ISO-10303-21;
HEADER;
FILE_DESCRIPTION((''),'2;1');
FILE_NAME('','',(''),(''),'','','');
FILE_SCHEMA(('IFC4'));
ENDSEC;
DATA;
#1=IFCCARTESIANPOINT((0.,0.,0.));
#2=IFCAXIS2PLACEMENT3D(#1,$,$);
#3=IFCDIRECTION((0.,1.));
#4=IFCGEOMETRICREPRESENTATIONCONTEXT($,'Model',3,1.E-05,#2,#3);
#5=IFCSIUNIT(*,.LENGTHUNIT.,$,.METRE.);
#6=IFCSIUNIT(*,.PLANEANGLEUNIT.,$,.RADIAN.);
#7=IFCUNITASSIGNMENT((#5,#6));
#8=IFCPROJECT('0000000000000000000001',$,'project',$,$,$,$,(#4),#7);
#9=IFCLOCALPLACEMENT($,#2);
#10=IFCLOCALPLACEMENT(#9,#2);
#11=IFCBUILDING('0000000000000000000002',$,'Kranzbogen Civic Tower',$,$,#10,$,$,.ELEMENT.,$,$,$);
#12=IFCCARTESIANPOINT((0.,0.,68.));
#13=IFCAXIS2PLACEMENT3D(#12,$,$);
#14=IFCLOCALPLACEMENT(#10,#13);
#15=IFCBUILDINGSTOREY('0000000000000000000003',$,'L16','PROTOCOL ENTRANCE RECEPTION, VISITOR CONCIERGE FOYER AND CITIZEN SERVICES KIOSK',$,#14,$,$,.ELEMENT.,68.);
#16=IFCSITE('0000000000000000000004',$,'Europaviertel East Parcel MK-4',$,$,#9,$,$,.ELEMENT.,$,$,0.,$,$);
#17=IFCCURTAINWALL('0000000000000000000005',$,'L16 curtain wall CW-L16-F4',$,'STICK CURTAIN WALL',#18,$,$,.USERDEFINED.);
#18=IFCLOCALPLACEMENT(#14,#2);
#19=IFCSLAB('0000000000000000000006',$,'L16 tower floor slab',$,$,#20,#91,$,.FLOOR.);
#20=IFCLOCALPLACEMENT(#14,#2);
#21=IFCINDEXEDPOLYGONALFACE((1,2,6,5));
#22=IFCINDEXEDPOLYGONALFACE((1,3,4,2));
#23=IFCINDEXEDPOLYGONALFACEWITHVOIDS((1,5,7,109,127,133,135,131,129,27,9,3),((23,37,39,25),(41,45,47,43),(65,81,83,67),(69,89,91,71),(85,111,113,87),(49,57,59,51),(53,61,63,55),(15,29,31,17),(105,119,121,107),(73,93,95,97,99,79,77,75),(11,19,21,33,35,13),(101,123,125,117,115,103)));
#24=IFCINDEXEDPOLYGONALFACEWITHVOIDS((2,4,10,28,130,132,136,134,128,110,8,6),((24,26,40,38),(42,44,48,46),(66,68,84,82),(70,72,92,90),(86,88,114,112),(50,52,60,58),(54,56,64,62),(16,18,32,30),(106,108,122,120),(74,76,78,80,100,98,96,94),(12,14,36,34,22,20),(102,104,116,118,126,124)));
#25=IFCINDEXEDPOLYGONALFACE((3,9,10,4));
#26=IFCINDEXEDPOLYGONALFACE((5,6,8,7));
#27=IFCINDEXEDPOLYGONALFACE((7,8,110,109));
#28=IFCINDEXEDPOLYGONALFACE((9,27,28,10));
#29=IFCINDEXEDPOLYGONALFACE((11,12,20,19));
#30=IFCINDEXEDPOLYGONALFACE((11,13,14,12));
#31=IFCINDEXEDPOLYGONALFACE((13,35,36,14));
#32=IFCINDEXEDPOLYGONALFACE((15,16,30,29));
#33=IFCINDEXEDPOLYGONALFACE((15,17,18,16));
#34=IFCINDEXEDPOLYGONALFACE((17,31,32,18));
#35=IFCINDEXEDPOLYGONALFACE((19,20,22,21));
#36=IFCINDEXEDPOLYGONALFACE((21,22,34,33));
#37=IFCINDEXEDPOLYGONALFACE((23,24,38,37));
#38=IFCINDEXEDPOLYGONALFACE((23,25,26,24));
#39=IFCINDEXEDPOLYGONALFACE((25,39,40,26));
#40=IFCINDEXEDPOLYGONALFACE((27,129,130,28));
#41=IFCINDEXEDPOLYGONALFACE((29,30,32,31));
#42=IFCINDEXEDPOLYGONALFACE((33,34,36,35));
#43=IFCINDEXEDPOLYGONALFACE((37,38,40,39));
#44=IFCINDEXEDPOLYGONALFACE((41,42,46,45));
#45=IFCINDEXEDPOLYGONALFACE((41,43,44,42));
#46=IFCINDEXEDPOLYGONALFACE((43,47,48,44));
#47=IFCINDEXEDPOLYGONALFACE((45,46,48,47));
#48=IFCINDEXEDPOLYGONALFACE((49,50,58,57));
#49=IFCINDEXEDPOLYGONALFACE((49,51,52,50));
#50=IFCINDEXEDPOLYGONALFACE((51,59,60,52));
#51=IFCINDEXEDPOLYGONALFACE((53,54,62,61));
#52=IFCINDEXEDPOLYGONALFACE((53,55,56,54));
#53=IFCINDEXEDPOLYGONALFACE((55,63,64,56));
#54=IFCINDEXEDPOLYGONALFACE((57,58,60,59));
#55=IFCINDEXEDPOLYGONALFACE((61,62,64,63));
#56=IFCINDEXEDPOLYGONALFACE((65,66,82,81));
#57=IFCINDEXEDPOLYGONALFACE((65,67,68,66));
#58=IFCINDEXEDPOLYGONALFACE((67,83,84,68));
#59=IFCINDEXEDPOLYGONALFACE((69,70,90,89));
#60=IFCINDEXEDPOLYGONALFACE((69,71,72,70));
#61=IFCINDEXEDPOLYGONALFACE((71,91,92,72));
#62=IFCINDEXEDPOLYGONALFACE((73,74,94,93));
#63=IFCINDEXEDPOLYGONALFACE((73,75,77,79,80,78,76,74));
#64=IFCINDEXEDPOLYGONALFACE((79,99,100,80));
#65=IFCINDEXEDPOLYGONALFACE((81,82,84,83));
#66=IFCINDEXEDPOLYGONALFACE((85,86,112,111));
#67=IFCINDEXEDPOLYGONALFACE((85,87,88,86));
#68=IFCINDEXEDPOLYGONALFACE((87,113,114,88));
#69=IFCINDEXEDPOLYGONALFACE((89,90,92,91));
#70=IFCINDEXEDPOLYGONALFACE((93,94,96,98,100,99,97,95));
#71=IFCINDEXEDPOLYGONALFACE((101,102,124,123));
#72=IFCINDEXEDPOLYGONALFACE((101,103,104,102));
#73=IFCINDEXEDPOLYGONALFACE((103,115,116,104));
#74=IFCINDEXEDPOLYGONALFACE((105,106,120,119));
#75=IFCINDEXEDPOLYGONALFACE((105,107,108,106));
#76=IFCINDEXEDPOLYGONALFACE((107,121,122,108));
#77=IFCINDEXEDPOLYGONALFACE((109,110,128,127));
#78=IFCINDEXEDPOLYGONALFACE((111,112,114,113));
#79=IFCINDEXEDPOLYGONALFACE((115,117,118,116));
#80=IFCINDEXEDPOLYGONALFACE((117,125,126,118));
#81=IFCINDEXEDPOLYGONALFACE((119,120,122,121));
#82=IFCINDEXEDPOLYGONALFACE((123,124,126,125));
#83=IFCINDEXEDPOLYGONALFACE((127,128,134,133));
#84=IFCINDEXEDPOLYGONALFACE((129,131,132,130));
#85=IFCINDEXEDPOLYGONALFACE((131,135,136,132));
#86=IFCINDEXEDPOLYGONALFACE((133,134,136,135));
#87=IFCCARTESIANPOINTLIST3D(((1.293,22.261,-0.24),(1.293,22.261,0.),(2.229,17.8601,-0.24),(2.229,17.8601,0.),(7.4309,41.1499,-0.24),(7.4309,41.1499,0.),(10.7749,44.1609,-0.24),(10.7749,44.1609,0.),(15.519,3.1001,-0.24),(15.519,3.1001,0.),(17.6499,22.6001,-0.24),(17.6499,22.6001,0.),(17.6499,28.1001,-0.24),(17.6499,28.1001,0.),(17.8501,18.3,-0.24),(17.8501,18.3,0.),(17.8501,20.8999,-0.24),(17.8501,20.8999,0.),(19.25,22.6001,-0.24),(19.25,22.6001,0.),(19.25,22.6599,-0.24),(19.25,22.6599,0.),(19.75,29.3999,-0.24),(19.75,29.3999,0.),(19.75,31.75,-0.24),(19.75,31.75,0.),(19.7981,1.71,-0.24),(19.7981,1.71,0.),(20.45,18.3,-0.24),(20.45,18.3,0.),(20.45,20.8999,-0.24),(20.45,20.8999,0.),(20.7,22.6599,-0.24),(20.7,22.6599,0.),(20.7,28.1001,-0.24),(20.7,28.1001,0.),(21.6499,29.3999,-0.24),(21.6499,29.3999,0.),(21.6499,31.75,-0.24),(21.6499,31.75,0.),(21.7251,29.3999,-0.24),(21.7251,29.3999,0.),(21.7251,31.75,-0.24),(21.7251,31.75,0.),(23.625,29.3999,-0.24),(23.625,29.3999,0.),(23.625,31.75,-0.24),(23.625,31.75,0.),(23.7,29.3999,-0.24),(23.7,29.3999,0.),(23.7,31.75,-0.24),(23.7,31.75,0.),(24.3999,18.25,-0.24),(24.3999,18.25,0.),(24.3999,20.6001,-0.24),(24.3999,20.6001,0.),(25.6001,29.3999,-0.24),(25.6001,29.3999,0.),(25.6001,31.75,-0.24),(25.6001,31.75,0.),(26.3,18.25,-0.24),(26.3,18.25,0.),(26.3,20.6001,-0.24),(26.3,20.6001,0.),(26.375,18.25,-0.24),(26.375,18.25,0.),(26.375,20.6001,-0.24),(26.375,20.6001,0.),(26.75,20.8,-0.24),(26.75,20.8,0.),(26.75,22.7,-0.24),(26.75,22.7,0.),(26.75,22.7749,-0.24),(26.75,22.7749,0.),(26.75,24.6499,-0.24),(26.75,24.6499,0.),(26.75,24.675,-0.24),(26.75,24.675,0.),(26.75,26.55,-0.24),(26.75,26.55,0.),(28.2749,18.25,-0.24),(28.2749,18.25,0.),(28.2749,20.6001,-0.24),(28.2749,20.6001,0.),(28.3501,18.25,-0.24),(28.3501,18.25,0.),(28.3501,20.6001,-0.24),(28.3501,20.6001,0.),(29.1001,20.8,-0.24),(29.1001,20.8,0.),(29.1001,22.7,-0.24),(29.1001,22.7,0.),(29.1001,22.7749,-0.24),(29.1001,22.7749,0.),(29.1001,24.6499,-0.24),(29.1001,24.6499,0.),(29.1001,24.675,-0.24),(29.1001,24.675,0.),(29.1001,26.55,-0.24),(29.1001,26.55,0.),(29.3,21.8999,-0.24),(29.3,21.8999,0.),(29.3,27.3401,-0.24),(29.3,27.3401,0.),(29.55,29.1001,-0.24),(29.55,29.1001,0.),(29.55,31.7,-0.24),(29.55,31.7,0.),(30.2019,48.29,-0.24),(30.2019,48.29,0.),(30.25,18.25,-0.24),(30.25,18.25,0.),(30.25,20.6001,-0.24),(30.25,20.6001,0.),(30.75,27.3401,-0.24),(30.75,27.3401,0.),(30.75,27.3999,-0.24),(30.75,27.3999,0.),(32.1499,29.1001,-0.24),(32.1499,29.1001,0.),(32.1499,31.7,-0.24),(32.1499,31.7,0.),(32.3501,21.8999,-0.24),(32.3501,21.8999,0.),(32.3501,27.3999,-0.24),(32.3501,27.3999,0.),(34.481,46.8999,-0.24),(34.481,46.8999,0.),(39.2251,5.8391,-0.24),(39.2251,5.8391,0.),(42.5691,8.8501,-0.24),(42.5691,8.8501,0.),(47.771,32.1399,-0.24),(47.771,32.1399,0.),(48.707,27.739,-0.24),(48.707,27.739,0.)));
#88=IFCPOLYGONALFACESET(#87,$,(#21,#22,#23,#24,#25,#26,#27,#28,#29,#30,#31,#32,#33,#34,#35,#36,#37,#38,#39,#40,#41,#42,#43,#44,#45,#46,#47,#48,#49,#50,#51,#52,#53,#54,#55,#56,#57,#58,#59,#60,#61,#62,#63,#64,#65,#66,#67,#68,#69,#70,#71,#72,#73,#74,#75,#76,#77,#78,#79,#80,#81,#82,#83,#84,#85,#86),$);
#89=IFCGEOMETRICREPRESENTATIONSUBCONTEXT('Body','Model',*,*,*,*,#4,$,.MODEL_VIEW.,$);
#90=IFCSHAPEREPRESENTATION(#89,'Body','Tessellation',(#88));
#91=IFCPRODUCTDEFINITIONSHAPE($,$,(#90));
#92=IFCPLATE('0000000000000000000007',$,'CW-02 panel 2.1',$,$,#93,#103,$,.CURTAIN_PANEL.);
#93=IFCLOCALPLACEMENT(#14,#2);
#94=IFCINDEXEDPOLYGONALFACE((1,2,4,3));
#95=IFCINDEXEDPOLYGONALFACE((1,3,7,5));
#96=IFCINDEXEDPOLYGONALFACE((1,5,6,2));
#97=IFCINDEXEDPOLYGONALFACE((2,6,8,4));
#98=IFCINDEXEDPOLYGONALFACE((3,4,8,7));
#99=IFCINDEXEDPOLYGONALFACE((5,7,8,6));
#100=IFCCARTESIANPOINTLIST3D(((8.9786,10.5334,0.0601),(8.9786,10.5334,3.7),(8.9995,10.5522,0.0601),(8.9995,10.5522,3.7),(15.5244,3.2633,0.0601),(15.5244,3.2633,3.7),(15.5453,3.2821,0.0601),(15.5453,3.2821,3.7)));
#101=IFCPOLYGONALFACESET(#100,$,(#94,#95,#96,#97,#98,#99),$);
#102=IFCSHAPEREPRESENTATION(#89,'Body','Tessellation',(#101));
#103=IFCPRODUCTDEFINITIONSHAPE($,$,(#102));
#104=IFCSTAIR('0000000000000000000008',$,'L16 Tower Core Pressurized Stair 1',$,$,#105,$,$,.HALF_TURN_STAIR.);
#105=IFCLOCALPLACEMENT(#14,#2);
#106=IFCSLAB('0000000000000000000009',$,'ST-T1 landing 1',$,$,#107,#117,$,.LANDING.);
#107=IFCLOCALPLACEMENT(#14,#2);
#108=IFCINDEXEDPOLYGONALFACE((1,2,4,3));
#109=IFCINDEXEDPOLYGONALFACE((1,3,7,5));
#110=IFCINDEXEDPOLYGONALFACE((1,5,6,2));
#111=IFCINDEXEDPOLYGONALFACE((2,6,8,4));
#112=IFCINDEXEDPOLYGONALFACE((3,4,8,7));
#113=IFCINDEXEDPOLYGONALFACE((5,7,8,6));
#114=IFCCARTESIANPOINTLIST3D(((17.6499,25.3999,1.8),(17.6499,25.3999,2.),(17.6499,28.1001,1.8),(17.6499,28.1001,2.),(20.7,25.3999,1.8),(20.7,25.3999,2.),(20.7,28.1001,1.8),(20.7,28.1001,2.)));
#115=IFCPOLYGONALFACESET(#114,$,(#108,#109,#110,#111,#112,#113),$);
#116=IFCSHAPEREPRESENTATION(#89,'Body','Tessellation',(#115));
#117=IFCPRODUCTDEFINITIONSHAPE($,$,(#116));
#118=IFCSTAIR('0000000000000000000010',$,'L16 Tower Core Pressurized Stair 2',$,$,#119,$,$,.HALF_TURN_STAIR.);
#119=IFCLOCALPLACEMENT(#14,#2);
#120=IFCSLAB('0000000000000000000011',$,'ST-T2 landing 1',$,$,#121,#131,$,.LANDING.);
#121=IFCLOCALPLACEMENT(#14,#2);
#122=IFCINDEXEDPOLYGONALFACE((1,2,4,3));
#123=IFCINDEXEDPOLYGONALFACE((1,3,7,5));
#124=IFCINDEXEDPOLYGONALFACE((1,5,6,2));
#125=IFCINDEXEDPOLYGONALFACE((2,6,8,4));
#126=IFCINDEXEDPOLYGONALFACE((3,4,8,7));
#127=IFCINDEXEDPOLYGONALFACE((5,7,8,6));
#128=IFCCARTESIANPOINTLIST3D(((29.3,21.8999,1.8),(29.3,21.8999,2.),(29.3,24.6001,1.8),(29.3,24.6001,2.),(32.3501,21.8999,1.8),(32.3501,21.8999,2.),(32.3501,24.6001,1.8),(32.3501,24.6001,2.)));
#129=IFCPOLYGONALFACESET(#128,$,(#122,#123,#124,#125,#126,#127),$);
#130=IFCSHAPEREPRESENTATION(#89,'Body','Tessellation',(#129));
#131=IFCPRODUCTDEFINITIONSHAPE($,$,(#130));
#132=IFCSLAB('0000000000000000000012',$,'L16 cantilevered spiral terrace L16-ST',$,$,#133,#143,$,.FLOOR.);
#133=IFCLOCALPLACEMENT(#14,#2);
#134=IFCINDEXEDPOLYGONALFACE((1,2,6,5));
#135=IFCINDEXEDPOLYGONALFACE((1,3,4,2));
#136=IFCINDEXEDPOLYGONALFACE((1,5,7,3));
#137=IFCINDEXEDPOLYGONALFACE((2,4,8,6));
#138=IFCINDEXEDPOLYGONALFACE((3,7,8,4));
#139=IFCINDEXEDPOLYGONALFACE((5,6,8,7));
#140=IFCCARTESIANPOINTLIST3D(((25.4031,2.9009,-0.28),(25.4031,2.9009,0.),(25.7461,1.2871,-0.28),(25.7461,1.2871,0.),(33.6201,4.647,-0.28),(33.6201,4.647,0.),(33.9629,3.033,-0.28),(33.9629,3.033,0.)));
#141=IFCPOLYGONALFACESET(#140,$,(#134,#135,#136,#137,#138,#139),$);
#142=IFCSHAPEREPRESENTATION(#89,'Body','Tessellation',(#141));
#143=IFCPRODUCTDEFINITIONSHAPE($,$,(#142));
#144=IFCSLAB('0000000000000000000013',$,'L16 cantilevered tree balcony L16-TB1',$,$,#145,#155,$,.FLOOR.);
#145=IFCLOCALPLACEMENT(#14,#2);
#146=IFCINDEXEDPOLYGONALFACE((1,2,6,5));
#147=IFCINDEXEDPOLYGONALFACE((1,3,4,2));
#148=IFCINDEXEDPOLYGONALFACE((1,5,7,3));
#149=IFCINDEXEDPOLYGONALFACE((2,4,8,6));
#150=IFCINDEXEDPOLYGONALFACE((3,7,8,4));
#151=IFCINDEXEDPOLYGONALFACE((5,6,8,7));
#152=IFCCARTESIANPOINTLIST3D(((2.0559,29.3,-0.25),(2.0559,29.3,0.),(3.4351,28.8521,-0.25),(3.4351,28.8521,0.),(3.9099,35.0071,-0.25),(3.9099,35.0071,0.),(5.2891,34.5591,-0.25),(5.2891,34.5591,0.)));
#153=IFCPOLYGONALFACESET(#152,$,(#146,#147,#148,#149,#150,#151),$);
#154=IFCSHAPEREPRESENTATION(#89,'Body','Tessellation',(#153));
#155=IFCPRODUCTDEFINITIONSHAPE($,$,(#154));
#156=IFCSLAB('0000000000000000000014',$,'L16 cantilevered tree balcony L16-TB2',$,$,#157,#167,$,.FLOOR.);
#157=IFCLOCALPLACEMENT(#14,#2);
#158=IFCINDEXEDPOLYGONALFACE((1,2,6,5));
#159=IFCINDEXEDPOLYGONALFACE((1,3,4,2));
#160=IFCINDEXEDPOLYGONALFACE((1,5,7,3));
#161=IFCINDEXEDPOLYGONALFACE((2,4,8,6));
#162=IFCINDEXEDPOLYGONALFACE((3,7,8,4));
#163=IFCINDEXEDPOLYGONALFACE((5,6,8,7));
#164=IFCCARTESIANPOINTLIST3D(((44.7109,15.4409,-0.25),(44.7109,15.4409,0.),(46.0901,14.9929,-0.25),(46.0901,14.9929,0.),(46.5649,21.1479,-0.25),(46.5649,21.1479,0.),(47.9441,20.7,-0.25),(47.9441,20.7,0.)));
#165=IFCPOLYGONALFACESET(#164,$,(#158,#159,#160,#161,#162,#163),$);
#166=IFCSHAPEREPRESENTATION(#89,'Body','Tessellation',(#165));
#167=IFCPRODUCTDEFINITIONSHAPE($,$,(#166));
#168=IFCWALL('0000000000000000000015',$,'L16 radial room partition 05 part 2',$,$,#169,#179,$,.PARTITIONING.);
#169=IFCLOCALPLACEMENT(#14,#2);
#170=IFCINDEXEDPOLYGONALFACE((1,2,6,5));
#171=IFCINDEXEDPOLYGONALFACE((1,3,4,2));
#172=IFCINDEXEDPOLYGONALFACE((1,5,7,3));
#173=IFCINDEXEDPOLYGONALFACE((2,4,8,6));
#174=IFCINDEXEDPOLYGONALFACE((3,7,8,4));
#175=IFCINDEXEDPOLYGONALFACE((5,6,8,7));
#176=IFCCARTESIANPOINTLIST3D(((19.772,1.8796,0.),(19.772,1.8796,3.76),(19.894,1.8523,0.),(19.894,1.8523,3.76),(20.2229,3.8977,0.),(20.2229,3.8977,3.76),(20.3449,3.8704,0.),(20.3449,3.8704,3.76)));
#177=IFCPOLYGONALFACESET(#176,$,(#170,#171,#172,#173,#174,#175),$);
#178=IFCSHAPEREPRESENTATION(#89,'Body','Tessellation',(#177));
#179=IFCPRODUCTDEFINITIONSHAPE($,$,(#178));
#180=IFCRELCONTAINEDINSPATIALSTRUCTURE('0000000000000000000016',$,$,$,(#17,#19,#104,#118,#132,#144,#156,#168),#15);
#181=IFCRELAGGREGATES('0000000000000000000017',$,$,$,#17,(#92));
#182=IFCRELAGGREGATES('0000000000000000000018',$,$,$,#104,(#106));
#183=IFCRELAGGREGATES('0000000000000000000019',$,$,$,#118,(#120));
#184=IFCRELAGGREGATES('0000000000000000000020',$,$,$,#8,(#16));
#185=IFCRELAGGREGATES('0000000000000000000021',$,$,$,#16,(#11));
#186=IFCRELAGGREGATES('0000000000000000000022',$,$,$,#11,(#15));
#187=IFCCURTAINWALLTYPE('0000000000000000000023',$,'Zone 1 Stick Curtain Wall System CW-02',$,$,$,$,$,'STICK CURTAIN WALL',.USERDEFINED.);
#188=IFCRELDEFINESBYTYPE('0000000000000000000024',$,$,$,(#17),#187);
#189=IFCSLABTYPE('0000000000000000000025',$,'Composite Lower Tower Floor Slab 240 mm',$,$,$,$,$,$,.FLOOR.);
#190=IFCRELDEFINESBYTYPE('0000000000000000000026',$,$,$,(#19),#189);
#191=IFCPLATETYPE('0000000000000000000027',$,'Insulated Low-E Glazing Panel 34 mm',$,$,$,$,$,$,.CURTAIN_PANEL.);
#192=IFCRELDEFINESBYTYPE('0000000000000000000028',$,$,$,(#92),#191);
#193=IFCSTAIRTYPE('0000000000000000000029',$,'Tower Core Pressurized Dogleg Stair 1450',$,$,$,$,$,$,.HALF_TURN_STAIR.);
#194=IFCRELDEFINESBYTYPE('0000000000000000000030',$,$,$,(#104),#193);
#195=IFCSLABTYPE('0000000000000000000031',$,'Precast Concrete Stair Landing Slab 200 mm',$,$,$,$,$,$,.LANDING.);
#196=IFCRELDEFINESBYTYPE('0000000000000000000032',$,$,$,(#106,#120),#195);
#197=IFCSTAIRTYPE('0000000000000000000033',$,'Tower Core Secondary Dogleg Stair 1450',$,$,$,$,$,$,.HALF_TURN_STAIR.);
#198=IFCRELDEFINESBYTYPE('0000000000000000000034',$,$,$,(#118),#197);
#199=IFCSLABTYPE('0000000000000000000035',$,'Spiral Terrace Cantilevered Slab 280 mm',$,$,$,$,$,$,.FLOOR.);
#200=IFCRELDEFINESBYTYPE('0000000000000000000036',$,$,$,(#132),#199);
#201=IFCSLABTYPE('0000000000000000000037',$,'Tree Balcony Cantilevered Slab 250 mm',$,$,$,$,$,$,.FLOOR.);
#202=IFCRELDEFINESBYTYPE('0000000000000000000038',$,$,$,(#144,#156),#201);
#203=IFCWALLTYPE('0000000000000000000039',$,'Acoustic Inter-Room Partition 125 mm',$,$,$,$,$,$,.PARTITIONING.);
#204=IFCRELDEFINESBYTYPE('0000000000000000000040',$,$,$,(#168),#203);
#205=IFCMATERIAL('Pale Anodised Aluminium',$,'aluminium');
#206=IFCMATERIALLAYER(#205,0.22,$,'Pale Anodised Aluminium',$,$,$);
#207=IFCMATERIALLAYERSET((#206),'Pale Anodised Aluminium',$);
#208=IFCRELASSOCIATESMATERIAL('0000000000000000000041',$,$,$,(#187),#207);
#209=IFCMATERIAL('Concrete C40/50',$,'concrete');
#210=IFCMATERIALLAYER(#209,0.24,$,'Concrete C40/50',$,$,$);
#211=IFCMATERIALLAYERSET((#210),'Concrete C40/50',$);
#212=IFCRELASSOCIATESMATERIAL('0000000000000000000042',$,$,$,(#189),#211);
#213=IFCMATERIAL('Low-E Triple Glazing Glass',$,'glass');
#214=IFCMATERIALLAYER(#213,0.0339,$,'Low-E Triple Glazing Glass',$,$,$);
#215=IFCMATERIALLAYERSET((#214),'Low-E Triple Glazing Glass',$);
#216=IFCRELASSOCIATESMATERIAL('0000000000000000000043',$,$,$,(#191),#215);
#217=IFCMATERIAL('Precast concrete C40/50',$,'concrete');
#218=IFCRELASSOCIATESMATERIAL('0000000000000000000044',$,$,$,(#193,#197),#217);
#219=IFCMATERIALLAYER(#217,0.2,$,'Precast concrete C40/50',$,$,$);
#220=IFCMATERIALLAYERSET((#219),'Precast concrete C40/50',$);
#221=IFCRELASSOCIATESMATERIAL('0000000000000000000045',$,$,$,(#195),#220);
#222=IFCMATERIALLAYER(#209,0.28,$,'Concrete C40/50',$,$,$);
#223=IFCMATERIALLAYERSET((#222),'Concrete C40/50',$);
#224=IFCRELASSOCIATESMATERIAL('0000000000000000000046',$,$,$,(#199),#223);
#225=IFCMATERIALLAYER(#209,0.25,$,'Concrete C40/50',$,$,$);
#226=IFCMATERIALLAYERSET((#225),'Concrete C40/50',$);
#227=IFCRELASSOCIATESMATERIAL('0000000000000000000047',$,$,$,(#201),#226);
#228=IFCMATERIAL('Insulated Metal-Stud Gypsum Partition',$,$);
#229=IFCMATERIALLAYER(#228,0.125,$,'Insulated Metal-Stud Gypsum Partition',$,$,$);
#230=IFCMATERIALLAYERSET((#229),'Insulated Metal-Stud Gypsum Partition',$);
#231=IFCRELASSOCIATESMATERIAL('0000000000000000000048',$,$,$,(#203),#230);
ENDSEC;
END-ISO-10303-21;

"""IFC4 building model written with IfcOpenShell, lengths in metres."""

from ifc_helpers import new_model, si_unit, direction, frame, frame_2d, origin, origin_2d, place, context, subcontext, project, spatial, polyline, rectangle, outline, extrude, material, layer, layer_set, type_object, element, aggregate, save


model = new_model("IFC4")

# Units and contexts
model_context = context("Model", 3, precision=1e-05, world=origin(), true_north=direction((0.0, 1.0)))
body_context = subcontext(model_context, "Body", "Model", "MODEL_VIEW")
ifc_project = project(units=[si_unit("LENGTHUNIT", "METRE"), si_unit("PLANEANGLEUNIT", "RADIAN")], contexts=[model_context])

# Site, building, storey
site_placement = place(None, origin())
site = spatial("IfcSite", under=ifc_project, at=site_placement, Name="Europaviertel East Parcel MK-4", CompositionType="ELEMENT", RefElevation=0.0)
building_placement = place(site_placement, origin())
building = spatial("IfcBuilding", under=site, at=building_placement, Name="Kranzbogen Civic Tower", CompositionType="ELEMENT")
storey_placement = place(building_placement, frame((0.0, 0.0, 68.0)))
storey = spatial("IfcBuildingStorey", under=building, at=storey_placement, Name="L16", Description="PROTOCOL ENTRANCE RECEPTION, VISITOR CONCIERGE FOYER AND CITIZEN SERVICES KIOSK", CompositionType="ELEMENT", Elevation=68.0)

# Curtain wall
ifc_material_1 = material(Name="Pale Anodised Aluminium", Category="aluminium")
ifc_layer_1 = layer(ifc_material_1, 0.22, Name="Pale Anodised Aluminium")
ifc_layer_set_1 = layer_set([ifc_layer_1], Name="Pale Anodised Aluminium")
curtain_wall_type = type_object("IfcCurtainWallType", Name="Zone 1 Stick Curtain Wall System CW-02", ElementType="STICK CURTAIN WALL", PredefinedType="USERDEFINED", material=ifc_layer_set_1)
curtain_wall_1_placement = place(storey_placement, origin())
curtain_wall_1 = element("IfcCurtainWall", 1, at=curtain_wall_1_placement, inside=storey, type_object=curtain_wall_type, Name="L16 curtain wall CW-L16-F4", ObjectType="STICK CURTAIN WALL", PredefinedType="USERDEFINED")

# Slab
ifc_material_2 = material(Name="Concrete C40/50", Category="concrete")
ifc_layer_2 = layer(ifc_material_2, 0.24, Name="Concrete C40/50")
ifc_layer_set_2 = layer_set([ifc_layer_2], Name="Concrete C40/50")
slab_type_1 = type_object("IfcSlabType", Name="Composite Lower Tower Floor Slab 240 mm", PredefinedType="FLOOR", material=ifc_layer_set_2)
slab_1_placement = place(storey_placement, frame((0.0, 0.0, -0.24)))
element("IfcSlab", 2, at=slab_1_placement, inside=storey, type_object=slab_type_1, Name="L16 tower floor slab", PredefinedType="FLOOR", context=body_context, shape_type="SweptSolid", body=[
    extrude(outline(polyline([(47.771, 32.1399), (34.481, 46.8999), (30.2019, 48.29), (10.7749, 44.1609), (7.4309, 41.1499), (1.293, 22.261), (2.229, 17.8601), (15.519, 3.1001), (19.7981, 1.71), (39.2251, 5.8391), (42.5691, 8.8501), (48.707, 27.739), (47.771, 32.1399)]), holes=[polyline([(26.3, 20.6001), (26.3, 18.25), (24.3999, 18.25), (24.3999, 20.6001), (26.3, 20.6001)]), polyline([(28.2749, 18.25), (26.375, 18.25), (26.375, 20.6001), (28.2749, 20.6001), (28.2749, 18.25)]), polyline([(20.45, 18.3), (17.8501, 18.3), (17.8501, 20.8999), (20.45, 20.8999), (20.45, 18.3)]), polyline([(20.7, 22.6599), (19.25, 22.6599), (19.25, 22.6001), (17.6499, 22.6001), (17.6499, 28.1001), (20.7, 28.1001), (20.7, 22.6599)]), polyline([(21.6499, 29.3999), (19.75, 29.3999), (19.75, 31.75), (21.6499, 31.75), (21.6499, 29.3999)]), polyline([(23.625, 29.3999), (21.7251, 29.3999), (21.7251, 31.75), (23.625, 31.75), (23.625, 29.3999)]), polyline([(25.6001, 31.75), (25.6001, 29.3999), (23.7, 29.3999), (23.7, 31.75), (25.6001, 31.75)]), polyline([(30.25, 18.25), (28.3501, 18.25), (28.3501, 20.6001), (30.25, 20.6001), (30.25, 18.25)]), polyline([(29.1001, 20.8), (26.75, 20.8), (26.75, 22.7), (29.1001, 22.7), (29.1001, 20.8)]), polyline([(26.75, 26.55), (29.1001, 26.55), (29.1001, 24.675), (29.1001, 24.6499), (29.1001, 22.7749), (26.75, 22.7749), (26.75, 24.6499), (26.75, 24.675), (26.75, 26.55)]), polyline([(30.75, 27.3401), (30.75, 27.3999), (32.3501, 27.3999), (32.3501, 21.8999), (29.3, 21.8999), (29.3, 27.3401), (30.75, 27.3401)]), polyline([(32.1499, 29.1001), (29.55, 29.1001), (29.55, 31.7), (32.1499, 31.7), (32.1499, 29.1001)])]), origin(), (0.0, 0.0, 1.0), 0.24),
])

# Plate
ifc_material_3 = material(Name="Low-E Triple Glazing Glass", Category="glass")
ifc_layer_3 = layer(ifc_material_3, 0.0339, Name="Low-E Triple Glazing Glass")
ifc_layer_set_3 = layer_set([ifc_layer_3], Name="Low-E Triple Glazing Glass")
plate_type = type_object("IfcPlateType", Name="Insulated Low-E Glazing Panel 34 mm", PredefinedType="CURTAIN_PANEL", material=ifc_layer_set_3)
plate_placement = place(storey_placement, frame((12.262, 6.9077, 0.0601), z_axis=(0.0, 0.0, 1.0), x_axis=(0.669116, -0.743158, 0.0)))
plate = element("IfcPlate", 3, at=plate_placement, type_object=plate_type, Name="CW-02 panel 2.1", PredefinedType="CURTAIN_PANEL", context=body_context, shape_type="SweptSolid", body=[
    extrude(rectangle(XDim=9.7827, YDim=0.0281, at=origin_2d()), origin(), (0.0, 0.0, 1.0), 3.6399),
])
aggregate(curtain_wall_1, [plate])

# Stairs, slabs
ifc_material_4 = material(Name="Precast concrete C40/50", Category="concrete")
stair_type_1 = type_object("IfcStairType", Name="Tower Core Pressurized Dogleg Stair 1450", PredefinedType="HALF_TURN_STAIR", material=ifc_material_4)
stair_1_placement = place(storey_placement, origin())
stair_1 = element("IfcStair", 4, at=stair_1_placement, inside=storey, type_object=stair_type_1, Name="L16 Tower Core Pressurized Stair 1", PredefinedType="HALF_TURN_STAIR")
ifc_layer_4 = layer(ifc_material_4, 0.2, Name="Precast concrete C40/50")
ifc_layer_set_4 = layer_set([ifc_layer_4], Name="Precast concrete C40/50")
slab_type_2 = type_object("IfcSlabType", Name="Precast Concrete Stair Landing Slab 200 mm", PredefinedType="LANDING", material=ifc_layer_set_4)
slab_2_placement = place(storey_placement, frame((0.0, 0.0, 1.8)))
slab_2 = element("IfcSlab", 5, at=slab_2_placement, type_object=slab_type_2, Name="ST-T1 landing 1", PredefinedType="LANDING", context=body_context, shape_type="SweptSolid", body=[
    extrude(outline(polyline([(20.7, 25.3999), (20.7, 28.1001), (17.6499, 28.1001), (17.6499, 25.3999), (20.7, 25.3999)])), origin(), (0.0, 0.0, 1.0), 0.2),
])
aggregate(stair_1, [slab_2])
stair_type_2 = type_object("IfcStairType", Name="Tower Core Secondary Dogleg Stair 1450", PredefinedType="HALF_TURN_STAIR", material=ifc_material_4)
stair_2_placement = place(storey_placement, origin())
stair_2 = element("IfcStair", 6, at=stair_2_placement, inside=storey, type_object=stair_type_2, Name="L16 Tower Core Pressurized Stair 2", PredefinedType="HALF_TURN_STAIR")
slab_3_placement = place(storey_placement, frame((0.0, 0.0, 1.8)))
slab_3 = element("IfcSlab", 7, at=slab_3_placement, type_object=slab_type_2, Name="ST-T2 landing 1", PredefinedType="LANDING", context=body_context, shape_type="SweptSolid", body=[
    extrude(outline(polyline([(29.3, 24.6001), (29.3, 21.8999), (32.3501, 21.8999), (32.3501, 24.6001), (29.3, 24.6001)])), origin(), (0.0, 0.0, 1.0), 0.2),
])
aggregate(stair_2, [slab_3])

# Slabs
ifc_layer_5 = layer(ifc_material_2, 0.28, Name="Concrete C40/50")
ifc_layer_set_5 = layer_set([ifc_layer_5], Name="Concrete C40/50")
slab_type_3 = type_object("IfcSlabType", Name="Spiral Terrace Cantilevered Slab 280 mm", PredefinedType="FLOOR", material=ifc_layer_set_5)
slab_4_placement = place(storey_placement, frame((0.0, 0.0, -0.28)))
element("IfcSlab", 8, at=slab_4_placement, inside=storey, type_object=slab_type_3, Name="L16 cantilevered spiral terrace L16-ST", PredefinedType="FLOOR", context=body_context, shape_type="SweptSolid", body=[
    extrude(outline(polyline([(25.4031, 2.9009), (33.6201, 4.647), (33.9629, 3.033), (25.7461, 1.2871), (25.4031, 2.9009)])), origin(), (0.0, 0.0, 1.0), 0.28),
])
ifc_layer_6 = layer(ifc_material_2, 0.25, Name="Concrete C40/50")
ifc_layer_set_6 = layer_set([ifc_layer_6], Name="Concrete C40/50")
slab_type_4 = type_object("IfcSlabType", Name="Tree Balcony Cantilevered Slab 250 mm", PredefinedType="FLOOR", material=ifc_layer_set_6)
slab_5_placement = place(storey_placement, frame((0.0, 0.0, -0.25)))
element("IfcSlab", 9, at=slab_5_placement, inside=storey, type_object=slab_type_4, Name="L16 cantilevered tree balcony L16-TB1", PredefinedType="FLOOR", context=body_context, shape_type="SweptSolid", body=[
    extrude(outline(polyline([(5.2891, 34.5591), (3.4351, 28.8521), (2.0559, 29.3), (3.9099, 35.0071), (5.2891, 34.5591)])), origin(), (0.0, 0.0, 1.0), 0.25),
])
slab_6_placement = place(storey_placement, frame((0.0, 0.0, -0.25)))
element("IfcSlab", 10, at=slab_6_placement, inside=storey, type_object=slab_type_4, Name="L16 cantilevered tree balcony L16-TB2", PredefinedType="FLOOR", context=body_context, shape_type="SweptSolid", body=[
    extrude(outline(polyline([(44.7109, 15.4409), (46.5649, 21.1479), (47.9441, 20.7), (46.0901, 14.9929), (44.7109, 15.4409)])), origin(), (0.0, 0.0, 1.0), 0.25),
])

# Wall
ifc_material_5 = material(Name="Insulated Metal-Stud Gypsum Partition")
ifc_layer_7 = layer(ifc_material_5, 0.125, Name="Insulated Metal-Stud Gypsum Partition")
ifc_layer_set_7 = layer_set([ifc_layer_7], Name="Insulated Metal-Stud Gypsum Partition")
wall_type_1 = type_object("IfcWallType", Name="Acoustic Inter-Room Partition 125 mm", PredefinedType="PARTITIONING", material=ifc_layer_set_7)
wall_1_placement = place(storey_placement, frame((20.2839, 3.884, 0.0), z_axis=(0.0, 0.0, 1.0), x_axis=(-0.218068, -0.975934, 0.0)))
element("IfcWall", 11, at=wall_1_placement, inside=storey, type_object=wall_type_1, Name="L16 radial room partition 05 part 2", PredefinedType="PARTITIONING", context=body_context, shape_type="SweptSolid", body=[
    extrude(rectangle(XDim=2.0679, YDim=0.125, at=frame_2d((1.0339, 0.0))), origin(), (0.0, 0.0, 1.0), 3.76),
])

save(model, "model.ifc")
